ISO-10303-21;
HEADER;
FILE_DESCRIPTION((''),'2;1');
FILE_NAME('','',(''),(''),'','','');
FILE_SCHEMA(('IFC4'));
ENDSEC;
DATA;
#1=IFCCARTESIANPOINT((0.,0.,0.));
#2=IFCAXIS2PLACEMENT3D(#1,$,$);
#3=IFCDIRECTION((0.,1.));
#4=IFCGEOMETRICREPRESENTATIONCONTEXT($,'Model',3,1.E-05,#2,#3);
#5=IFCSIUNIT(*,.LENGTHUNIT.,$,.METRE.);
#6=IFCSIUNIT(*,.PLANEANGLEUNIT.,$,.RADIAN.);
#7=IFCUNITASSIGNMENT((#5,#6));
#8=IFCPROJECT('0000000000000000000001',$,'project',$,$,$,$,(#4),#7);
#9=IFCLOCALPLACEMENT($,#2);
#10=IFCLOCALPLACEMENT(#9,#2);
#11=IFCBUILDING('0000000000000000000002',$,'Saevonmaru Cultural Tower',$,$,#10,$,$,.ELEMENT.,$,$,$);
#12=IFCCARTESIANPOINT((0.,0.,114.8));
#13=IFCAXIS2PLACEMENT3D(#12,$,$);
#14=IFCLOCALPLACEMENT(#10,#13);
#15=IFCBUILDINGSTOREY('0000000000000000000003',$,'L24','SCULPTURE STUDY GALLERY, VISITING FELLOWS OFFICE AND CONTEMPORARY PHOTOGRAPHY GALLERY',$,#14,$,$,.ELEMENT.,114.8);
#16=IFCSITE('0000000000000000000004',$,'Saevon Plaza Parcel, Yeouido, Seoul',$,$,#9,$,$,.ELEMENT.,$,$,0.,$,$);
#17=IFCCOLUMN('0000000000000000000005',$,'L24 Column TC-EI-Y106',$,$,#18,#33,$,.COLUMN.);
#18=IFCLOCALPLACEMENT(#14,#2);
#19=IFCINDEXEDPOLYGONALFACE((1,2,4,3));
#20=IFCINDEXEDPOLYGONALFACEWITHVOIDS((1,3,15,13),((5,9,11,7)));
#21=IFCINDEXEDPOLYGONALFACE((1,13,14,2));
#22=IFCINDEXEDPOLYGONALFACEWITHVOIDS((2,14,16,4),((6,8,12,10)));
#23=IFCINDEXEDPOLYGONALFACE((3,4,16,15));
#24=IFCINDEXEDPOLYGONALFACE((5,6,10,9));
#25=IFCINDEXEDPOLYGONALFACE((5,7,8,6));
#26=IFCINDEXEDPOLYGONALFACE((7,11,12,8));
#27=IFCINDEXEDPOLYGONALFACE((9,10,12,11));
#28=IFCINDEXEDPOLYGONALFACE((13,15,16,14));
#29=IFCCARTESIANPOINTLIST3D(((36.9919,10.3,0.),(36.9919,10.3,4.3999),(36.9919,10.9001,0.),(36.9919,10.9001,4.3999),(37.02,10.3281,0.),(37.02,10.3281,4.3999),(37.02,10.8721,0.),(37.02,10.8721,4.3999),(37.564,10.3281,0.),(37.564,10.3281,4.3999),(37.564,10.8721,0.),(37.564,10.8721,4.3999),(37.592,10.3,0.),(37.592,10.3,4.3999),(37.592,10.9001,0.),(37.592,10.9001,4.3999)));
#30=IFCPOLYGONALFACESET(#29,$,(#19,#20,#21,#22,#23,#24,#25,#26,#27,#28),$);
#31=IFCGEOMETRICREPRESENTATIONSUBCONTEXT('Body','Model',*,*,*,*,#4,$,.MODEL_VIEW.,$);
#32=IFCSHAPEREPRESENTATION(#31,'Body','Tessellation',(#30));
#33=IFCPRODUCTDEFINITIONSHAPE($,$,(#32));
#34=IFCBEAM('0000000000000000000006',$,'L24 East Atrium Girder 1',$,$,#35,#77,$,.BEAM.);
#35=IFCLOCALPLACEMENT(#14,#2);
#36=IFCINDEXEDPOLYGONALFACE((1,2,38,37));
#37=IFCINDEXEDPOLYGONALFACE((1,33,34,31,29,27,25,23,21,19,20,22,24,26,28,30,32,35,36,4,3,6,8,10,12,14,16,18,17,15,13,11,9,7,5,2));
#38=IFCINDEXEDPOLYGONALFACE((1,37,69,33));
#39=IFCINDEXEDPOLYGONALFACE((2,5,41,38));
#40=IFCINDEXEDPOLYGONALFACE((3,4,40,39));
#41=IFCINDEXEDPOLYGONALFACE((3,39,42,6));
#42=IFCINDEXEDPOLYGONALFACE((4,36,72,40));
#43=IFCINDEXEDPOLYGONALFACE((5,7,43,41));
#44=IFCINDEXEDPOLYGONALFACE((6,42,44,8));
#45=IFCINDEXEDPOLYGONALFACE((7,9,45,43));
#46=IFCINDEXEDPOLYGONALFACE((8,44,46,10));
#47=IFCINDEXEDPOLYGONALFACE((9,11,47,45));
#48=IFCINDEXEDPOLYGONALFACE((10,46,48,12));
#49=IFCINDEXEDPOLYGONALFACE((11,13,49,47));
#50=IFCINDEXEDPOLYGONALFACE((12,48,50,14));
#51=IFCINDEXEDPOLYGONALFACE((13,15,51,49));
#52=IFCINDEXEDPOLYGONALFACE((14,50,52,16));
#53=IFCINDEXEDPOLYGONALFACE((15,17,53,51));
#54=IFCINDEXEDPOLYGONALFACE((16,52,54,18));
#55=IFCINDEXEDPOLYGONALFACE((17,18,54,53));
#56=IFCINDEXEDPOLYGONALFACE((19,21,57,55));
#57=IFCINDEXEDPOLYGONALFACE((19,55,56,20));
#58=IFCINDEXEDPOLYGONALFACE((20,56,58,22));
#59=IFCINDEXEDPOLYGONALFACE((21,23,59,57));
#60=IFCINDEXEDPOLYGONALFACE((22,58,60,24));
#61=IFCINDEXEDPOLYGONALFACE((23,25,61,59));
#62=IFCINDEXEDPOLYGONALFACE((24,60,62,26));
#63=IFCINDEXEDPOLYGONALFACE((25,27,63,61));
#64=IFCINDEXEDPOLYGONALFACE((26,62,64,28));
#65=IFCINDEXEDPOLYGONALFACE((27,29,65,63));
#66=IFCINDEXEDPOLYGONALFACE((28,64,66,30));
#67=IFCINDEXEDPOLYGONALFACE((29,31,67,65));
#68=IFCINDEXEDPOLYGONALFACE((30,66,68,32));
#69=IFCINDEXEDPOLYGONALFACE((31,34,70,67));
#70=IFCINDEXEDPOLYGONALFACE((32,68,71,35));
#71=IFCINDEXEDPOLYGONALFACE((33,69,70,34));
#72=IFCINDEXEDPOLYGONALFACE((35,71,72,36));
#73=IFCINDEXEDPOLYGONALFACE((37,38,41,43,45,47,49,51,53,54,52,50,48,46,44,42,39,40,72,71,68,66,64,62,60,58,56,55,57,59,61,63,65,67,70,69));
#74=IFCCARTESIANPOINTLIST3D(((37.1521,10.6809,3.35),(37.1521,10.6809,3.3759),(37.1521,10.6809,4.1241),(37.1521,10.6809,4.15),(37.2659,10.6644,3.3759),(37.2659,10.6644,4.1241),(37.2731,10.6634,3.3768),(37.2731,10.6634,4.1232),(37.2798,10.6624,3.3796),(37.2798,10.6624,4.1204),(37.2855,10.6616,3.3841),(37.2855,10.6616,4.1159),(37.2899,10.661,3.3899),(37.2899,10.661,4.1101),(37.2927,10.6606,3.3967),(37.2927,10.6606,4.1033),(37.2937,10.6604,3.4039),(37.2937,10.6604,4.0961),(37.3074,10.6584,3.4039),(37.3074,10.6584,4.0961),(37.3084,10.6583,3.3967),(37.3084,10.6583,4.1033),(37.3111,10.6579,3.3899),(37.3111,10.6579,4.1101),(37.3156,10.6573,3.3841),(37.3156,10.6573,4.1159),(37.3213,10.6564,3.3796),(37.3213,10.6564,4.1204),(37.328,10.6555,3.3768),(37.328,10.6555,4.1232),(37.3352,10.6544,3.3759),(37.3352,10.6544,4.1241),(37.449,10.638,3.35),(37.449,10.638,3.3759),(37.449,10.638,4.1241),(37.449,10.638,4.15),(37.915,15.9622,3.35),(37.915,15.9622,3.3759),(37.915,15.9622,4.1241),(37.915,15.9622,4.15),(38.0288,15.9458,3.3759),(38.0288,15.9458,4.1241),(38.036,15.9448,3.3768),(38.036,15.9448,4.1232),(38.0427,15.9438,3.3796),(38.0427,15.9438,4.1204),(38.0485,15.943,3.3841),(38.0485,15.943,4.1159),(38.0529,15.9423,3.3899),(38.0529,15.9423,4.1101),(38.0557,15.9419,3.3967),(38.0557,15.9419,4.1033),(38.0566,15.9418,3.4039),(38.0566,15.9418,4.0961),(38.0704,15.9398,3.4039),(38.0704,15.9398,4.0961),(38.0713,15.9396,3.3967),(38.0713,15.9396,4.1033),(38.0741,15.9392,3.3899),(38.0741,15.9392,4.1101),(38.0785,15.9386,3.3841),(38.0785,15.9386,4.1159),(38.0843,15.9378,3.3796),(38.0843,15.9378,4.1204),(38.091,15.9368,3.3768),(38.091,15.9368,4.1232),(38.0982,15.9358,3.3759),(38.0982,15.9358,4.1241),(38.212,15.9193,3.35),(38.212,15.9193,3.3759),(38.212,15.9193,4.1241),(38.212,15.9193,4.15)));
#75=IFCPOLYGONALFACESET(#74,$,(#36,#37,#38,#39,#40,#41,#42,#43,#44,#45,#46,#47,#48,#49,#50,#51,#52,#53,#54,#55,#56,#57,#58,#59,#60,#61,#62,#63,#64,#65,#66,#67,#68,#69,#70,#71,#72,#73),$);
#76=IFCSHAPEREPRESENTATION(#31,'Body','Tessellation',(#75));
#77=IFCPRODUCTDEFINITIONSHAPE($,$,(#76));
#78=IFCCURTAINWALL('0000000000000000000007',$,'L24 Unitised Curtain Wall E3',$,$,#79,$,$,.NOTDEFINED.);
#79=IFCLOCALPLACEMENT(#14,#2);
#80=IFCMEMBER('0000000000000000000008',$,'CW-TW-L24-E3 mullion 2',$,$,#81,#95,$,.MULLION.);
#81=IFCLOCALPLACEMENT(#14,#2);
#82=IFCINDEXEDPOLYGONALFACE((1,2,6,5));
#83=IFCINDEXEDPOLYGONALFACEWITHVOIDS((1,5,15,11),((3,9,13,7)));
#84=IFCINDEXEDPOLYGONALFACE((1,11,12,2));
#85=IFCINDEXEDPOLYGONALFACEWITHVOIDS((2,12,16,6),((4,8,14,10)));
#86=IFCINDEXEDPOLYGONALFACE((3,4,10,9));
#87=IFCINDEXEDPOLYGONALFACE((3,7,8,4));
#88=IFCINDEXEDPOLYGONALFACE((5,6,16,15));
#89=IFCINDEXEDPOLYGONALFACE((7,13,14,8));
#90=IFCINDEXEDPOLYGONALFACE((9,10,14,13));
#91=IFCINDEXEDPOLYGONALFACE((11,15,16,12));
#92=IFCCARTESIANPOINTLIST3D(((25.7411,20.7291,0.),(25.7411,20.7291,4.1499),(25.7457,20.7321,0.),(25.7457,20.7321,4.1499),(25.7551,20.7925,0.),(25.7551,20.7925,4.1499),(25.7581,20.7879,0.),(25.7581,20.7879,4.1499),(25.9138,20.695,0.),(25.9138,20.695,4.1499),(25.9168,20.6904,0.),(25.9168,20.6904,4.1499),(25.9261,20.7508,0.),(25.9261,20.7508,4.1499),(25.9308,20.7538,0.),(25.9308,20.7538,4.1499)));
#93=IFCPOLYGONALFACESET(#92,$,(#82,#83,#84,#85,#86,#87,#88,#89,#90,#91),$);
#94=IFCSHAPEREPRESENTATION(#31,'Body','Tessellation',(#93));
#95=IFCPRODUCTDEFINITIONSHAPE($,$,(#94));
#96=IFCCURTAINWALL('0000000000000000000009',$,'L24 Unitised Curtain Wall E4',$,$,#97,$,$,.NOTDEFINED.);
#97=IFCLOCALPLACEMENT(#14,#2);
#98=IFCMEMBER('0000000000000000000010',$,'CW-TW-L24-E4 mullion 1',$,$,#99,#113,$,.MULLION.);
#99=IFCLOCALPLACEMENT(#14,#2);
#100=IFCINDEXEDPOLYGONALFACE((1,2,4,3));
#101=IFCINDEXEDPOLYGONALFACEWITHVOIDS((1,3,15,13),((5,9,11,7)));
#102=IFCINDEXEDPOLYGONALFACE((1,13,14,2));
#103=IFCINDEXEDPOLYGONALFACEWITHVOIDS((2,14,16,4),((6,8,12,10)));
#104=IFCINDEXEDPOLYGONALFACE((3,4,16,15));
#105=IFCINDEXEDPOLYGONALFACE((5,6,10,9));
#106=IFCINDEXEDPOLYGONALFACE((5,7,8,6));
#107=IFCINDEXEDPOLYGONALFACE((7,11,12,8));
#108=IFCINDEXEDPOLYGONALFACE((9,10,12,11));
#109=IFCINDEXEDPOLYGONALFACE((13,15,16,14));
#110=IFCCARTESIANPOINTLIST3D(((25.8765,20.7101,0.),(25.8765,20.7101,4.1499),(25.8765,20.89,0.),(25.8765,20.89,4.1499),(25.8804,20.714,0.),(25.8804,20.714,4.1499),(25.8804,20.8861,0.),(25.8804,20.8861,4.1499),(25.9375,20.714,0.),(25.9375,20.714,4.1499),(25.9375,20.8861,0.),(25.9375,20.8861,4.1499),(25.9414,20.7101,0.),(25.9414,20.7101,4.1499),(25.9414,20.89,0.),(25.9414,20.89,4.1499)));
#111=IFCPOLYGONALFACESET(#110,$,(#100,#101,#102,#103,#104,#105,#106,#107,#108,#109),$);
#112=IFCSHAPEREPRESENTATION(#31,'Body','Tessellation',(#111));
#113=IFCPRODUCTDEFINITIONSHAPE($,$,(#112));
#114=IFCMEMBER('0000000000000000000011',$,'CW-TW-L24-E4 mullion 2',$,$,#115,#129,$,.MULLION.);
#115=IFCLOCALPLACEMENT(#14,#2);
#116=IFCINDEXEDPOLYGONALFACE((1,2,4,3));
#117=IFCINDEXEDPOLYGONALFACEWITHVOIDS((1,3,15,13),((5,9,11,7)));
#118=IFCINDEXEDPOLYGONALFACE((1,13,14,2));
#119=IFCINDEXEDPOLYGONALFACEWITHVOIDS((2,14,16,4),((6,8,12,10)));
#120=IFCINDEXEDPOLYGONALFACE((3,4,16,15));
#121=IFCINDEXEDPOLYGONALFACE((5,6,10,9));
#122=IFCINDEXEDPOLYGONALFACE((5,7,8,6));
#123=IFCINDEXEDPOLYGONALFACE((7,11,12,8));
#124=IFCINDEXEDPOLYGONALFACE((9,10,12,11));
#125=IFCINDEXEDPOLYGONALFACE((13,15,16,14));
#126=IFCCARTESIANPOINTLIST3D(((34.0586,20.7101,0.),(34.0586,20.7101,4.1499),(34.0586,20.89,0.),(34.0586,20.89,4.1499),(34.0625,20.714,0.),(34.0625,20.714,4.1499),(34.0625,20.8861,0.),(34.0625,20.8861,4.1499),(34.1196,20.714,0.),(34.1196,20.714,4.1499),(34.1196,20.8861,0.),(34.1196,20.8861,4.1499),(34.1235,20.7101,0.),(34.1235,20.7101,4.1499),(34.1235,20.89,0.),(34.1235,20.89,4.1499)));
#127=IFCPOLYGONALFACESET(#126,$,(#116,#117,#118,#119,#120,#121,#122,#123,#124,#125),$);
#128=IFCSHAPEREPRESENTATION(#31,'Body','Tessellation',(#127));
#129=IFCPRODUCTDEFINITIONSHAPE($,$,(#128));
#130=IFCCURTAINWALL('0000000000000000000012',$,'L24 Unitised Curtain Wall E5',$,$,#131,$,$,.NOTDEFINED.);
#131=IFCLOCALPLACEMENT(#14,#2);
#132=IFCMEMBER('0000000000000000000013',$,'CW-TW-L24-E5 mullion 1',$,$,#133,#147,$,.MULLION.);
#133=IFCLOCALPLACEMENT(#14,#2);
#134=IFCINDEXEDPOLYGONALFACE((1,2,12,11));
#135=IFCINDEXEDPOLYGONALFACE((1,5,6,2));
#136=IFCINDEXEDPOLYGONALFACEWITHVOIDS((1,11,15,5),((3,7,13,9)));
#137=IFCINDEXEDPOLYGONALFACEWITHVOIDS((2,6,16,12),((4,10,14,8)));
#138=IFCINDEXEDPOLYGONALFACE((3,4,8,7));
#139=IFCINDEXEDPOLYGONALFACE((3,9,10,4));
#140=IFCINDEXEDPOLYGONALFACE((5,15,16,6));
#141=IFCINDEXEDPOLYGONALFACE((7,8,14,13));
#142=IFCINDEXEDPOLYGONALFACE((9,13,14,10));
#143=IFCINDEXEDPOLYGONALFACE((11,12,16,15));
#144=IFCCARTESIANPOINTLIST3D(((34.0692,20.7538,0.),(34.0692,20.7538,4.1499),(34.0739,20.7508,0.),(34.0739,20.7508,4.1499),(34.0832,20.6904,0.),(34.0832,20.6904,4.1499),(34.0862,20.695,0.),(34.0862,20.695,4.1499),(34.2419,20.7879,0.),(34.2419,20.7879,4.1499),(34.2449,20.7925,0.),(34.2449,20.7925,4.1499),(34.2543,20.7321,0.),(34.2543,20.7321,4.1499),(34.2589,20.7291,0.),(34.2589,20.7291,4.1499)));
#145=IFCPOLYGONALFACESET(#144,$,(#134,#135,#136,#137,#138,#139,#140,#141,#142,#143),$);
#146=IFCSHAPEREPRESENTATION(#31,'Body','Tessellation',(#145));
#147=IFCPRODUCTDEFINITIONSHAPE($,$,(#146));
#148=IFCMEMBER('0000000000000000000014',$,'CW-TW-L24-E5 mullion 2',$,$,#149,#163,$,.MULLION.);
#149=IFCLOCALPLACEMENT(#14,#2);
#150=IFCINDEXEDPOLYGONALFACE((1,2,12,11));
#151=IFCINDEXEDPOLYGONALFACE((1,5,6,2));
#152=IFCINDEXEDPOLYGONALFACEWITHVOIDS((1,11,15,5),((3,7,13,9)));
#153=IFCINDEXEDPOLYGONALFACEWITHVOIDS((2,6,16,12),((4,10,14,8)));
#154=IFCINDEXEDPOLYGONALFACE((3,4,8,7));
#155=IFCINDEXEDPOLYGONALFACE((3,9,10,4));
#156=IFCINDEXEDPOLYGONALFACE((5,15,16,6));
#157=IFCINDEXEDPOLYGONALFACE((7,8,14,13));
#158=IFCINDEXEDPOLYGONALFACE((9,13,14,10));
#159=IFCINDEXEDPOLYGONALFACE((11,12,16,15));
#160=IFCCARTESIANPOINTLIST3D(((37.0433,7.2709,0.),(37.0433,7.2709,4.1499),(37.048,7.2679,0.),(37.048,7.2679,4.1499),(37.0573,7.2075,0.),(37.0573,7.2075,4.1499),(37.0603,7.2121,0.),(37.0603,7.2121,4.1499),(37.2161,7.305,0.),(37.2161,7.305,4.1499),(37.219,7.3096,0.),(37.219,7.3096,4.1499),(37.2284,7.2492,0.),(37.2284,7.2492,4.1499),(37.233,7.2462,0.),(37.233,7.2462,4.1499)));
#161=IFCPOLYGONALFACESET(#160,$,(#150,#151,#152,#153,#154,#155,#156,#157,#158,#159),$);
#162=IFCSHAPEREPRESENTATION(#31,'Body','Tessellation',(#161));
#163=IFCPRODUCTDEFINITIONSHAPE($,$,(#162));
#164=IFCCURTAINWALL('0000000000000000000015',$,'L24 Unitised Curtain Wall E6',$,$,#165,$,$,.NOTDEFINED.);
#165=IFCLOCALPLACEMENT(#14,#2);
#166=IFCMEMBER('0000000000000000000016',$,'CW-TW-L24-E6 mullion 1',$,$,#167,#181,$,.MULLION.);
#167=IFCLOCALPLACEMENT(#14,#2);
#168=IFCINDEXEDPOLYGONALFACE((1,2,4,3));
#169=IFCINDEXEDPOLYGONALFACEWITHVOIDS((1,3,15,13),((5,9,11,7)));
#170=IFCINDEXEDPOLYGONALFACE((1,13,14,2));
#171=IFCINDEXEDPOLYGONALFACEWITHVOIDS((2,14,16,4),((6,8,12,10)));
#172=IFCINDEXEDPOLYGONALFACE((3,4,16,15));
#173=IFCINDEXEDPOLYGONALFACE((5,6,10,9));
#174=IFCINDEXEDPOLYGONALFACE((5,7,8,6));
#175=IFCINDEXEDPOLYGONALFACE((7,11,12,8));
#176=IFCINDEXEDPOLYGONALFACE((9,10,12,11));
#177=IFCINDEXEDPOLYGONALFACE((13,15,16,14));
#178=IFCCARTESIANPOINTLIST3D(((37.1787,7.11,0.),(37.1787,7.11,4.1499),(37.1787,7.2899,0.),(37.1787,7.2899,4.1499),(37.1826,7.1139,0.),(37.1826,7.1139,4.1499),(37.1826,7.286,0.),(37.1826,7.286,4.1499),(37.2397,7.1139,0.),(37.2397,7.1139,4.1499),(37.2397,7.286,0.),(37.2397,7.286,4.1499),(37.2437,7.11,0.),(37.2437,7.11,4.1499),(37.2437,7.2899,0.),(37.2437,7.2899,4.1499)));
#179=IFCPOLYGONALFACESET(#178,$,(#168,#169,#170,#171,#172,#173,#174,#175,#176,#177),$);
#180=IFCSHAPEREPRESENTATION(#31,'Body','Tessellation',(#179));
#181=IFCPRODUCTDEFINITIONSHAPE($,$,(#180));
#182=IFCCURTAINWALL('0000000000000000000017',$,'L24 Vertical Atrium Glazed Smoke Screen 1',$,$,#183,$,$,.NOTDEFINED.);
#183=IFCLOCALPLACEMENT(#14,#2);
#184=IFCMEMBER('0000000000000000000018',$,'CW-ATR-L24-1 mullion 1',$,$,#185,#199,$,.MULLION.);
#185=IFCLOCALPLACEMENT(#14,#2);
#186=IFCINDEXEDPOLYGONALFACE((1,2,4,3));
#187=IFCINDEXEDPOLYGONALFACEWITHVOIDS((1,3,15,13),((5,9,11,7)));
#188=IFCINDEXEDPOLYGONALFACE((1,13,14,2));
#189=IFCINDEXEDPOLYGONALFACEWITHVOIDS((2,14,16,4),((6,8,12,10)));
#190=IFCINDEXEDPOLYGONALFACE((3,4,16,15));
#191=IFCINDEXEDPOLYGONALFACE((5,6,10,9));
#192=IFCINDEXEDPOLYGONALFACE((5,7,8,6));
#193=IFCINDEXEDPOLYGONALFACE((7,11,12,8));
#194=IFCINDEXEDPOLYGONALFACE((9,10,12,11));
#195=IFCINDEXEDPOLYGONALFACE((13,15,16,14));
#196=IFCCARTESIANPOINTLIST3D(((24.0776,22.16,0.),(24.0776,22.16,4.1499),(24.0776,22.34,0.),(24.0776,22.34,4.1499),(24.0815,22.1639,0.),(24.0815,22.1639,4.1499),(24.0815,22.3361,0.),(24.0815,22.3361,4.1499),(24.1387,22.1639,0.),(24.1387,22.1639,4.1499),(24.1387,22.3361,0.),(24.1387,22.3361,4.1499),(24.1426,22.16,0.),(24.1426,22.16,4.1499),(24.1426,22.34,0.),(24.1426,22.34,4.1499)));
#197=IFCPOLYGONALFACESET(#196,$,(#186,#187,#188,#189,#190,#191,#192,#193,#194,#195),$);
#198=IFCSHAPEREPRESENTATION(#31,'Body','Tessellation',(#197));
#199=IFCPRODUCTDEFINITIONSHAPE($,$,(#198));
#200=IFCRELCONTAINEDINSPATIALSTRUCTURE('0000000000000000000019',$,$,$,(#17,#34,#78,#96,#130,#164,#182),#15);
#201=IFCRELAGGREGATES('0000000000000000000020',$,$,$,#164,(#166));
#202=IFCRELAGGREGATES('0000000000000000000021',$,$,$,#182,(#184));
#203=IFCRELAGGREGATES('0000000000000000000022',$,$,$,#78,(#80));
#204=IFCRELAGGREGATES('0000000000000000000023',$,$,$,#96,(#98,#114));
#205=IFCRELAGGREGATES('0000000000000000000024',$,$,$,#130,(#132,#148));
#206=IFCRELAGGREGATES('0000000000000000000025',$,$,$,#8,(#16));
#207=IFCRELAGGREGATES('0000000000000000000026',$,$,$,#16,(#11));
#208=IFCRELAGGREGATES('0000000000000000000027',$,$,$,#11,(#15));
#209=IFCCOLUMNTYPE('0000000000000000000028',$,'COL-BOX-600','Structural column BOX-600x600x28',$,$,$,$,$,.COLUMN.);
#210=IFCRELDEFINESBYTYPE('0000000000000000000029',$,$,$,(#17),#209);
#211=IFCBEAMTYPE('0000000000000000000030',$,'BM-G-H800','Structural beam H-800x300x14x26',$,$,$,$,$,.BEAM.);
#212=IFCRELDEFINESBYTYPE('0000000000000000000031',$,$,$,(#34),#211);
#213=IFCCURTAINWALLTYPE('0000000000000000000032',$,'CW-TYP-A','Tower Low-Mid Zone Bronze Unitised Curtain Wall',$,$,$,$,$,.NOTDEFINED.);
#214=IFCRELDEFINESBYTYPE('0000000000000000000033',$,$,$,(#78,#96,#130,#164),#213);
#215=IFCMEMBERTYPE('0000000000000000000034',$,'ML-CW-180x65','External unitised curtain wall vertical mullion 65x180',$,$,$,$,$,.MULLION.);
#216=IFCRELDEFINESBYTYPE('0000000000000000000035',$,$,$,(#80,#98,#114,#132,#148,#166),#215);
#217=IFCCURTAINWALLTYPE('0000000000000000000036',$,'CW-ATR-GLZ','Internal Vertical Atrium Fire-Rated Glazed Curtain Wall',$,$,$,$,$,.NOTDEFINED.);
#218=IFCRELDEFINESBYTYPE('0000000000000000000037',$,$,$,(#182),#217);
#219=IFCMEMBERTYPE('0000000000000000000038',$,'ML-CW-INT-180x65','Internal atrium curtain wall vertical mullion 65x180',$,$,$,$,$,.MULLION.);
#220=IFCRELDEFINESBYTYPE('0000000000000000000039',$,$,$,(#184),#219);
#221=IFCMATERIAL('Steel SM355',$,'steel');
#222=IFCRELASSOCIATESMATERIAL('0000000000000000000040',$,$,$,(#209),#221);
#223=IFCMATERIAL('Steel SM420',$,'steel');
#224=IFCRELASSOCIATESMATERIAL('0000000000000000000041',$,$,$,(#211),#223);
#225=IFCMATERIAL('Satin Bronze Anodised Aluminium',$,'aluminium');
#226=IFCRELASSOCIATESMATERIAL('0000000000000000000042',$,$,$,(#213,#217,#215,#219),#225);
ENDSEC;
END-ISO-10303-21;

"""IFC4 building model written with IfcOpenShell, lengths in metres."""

from ifc_helpers import new_model, si_unit, direction, frame, origin, origin_2d, place, context, subcontext, project, spatial, hollow_rectangle, i_section, extrude, material, material_profile, profile_set, type_object, element, aggregate, save


model = new_model("IFC4")

# Units and contexts
model_context = context("Model", 3, precision=1e-05, world=origin(), true_north=direction((0.0, 1.0)))
body_context = subcontext(model_context, "Body", "Model", "MODEL_VIEW")
ifc_project = project(units=[si_unit("LENGTHUNIT", "METRE"), si_unit("PLANEANGLEUNIT", "RADIAN")], contexts=[model_context])

# Site, building, storey
site_placement = place(None, origin())
site = spatial("IfcSite", under=ifc_project, at=site_placement, Name="Saevon Plaza Parcel, Yeouido, Seoul", CompositionType="ELEMENT", RefElevation=0.0)
building_placement = place(site_placement, origin())
building = spatial("IfcBuilding", under=site, at=building_placement, Name="Saevonmaru Cultural Tower", CompositionType="ELEMENT")
storey_placement = place(building_placement, frame((0.0, 0.0, 114.8)))
storey = spatial("IfcBuildingStorey", under=building, at=storey_placement, Name="L24", Description="SCULPTURE STUDY GALLERY, VISITING FELLOWS OFFICE AND CONTEMPORARY PHOTOGRAPHY GALLERY", CompositionType="ELEMENT", Elevation=114.8)

# Column
ifc_material_1 = material(Name="Steel SM355", Category="steel")
ifc_material_profile_1 = material_profile(ifc_material_1, hollow_rectangle(XDim=0.6001, YDim=0.6001, WallThickness=0.0281, at=origin_2d()), Name="BOX-600x600x28")
ifc_profile_set_1 = profile_set([ifc_material_profile_1], Name="Steel SM355")
column_type = type_object("IfcColumnType", Name="COL-BOX-600", Description="Structural column BOX-600x600x28", PredefinedType="COLUMN", material=ifc_profile_set_1)
column_placement = place(storey_placement, frame((37.292, 10.6001, 0.0), z_axis=(0.0, 0.0, 1.0), x_axis=(1.0, 0.0, 0.0)))
element("IfcColumn", 1, at=column_placement, inside=storey, type_object=column_type, Name="L24 Column TC-EI-Y106", PredefinedType="COLUMN", context=body_context, shape_type="SweptSolid", body=[
    extrude(hollow_rectangle(XDim=0.6001, YDim=0.6001, WallThickness=0.0281, at=origin_2d()), origin(), (0.0, 0.0, 1.0), 4.3999),
])

# Beam
ifc_material_2 = material(Name="Steel SM420", Category="steel")
ifc_material_profile_2 = material_profile(ifc_material_2, i_section(OverallWidth=0.3, OverallDepth=0.8, WebThickness=0.0139, FlangeThickness=0.0259, FilletRadius=0.0281, at=origin_2d()), Name="H-800x300x14x26")
ifc_profile_set_2 = profile_set([ifc_material_profile_2], Name="Steel SM420")
beam_type = type_object("IfcBeamType", Name="BM-G-H800", Description="Structural beam H-800x300x14x26", PredefinedType="BEAM", material=ifc_profile_set_2)
beam_placement = place(storey_placement, frame((37.3005, 10.6594, 3.75), z_axis=(0.142978, 0.989726, 0.0), x_axis=(-0.989726, 0.142978, 0.0)))
element("IfcBeam", 2, at=beam_placement, inside=storey, type_object=beam_type, Name="L24 East Atrium Girder 1", PredefinedType="BEAM", context=body_context, shape_type="SweptSolid", body=[
    extrude(i_section(OverallWidth=0.3, OverallDepth=0.8, WebThickness=0.0139, FlangeThickness=0.0259, FilletRadius=0.0281, at=origin_2d()), origin(), (0.0, 0.0, 1.0), 5.3362),
])

# Curtain wall, member
ifc_material_3 = material(Name="Satin Bronze Anodised Aluminium", Category="aluminium")
curtain_wall_type_1 = type_object("IfcCurtainWallType", Name="CW-TYP-A", Description="Tower Low-Mid Zone Bronze Unitised Curtain Wall", PredefinedType="NOTDEFINED", material=ifc_material_3)
curtain_wall_1_placement = place(storey_placement, origin())
curtain_wall_1 = element("IfcCurtainWall", 3, at=curtain_wall_1_placement, inside=storey, type_object=curtain_wall_type_1, Name="L24 Unitised Curtain Wall E3", PredefinedType="NOTDEFINED")
ifc_material_profile_3 = material_profile(ifc_material_3, hollow_rectangle(XDim=0.0649, YDim=0.1799, WallThickness=0.0039, at=origin_2d()), Name="ALU-MULL-180x65x4")
ifc_profile_set_3 = profile_set([ifc_material_profile_3], Name="Satin Bronze Anodised Aluminium")
member_type_1 = type_object("IfcMemberType", Name="ML-CW-180x65", Description="External unitised curtain wall vertical mullion 65x180", PredefinedType="MULLION", material=ifc_profile_set_3)
member_1_placement = place(storey_placement, frame((25.8359, 20.7415, 0.0), z_axis=(0.0, 0.0, 1.0), x_axis=(0.215413, 0.976523, 0.0)))
member_1 = element("IfcMember", 4, at=member_1_placement, type_object=member_type_1, Name="CW-TW-L24-E3 mullion 2", PredefinedType="MULLION", context=body_context, shape_type="SweptSolid", body=[
    extrude(hollow_rectangle(XDim=0.0649, YDim=0.1799, WallThickness=0.0039, at=origin_2d()), origin(), (0.0, 0.0, 1.0), 4.1499),
])

# Curtain walls, members
curtain_wall_2_placement = place(storey_placement, origin())
curtain_wall_2 = element("IfcCurtainWall", 5, at=curtain_wall_2_placement, inside=storey, type_object=curtain_wall_type_1, Name="L24 Unitised Curtain Wall E4", PredefinedType="NOTDEFINED")
member_2_placement = place(storey_placement, frame((25.9089, 20.8, 0.0), z_axis=(0.0, 0.0, 1.0), x_axis=(1.0, 0.0, 0.0)))
member_2 = element("IfcMember", 6, at=member_2_placement, type_object=member_type_1, Name="CW-TW-L24-E4 mullion 1", PredefinedType="MULLION", context=body_context, shape_type="SweptSolid", body=[
    extrude(hollow_rectangle(XDim=0.0649, YDim=0.1799, WallThickness=0.0039, at=origin_2d()), origin(), (0.0, 0.0, 1.0), 4.1499),
])
member_3_placement = place(storey_placement, frame((34.0911, 20.8, 0.0), z_axis=(0.0, 0.0, 1.0), x_axis=(1.0, 0.0, 0.0)))
member_3 = element("IfcMember", 7, at=member_3_placement, type_object=member_type_1, Name="CW-TW-L24-E4 mullion 2", PredefinedType="MULLION", context=body_context, shape_type="SweptSolid", body=[
    extrude(hollow_rectangle(XDim=0.0649, YDim=0.1799, WallThickness=0.0039, at=origin_2d()), origin(), (0.0, 0.0, 1.0), 4.1499),
])
curtain_wall_3_placement = place(storey_placement, origin())
curtain_wall_3 = element("IfcCurtainWall", 8, at=curtain_wall_3_placement, inside=storey, type_object=curtain_wall_type_1, Name="L24 Unitised Curtain Wall E5", PredefinedType="NOTDEFINED")
member_4_placement = place(storey_placement, frame((34.1641, 20.7415, 0.0), z_axis=(0.0, 0.0, 1.0), x_axis=(0.215413, -0.976523, 0.0)))
member_4 = element("IfcMember", 9, at=member_4_placement, type_object=member_type_1, Name="CW-TW-L24-E5 mullion 1", PredefinedType="MULLION", context=body_context, shape_type="SweptSolid", body=[
    extrude(hollow_rectangle(XDim=0.0649, YDim=0.1799, WallThickness=0.0039, at=origin_2d()), origin(), (0.0, 0.0, 1.0), 4.1499),
])
member_5_placement = place(storey_placement, frame((37.1382, 7.2585, 0.0), z_axis=(0.0, 0.0, 1.0), x_axis=(0.215413, -0.976523, 0.0)))
member_5 = element("IfcMember", 10, at=member_5_placement, type_object=member_type_1, Name="CW-TW-L24-E5 mullion 2", PredefinedType="MULLION", context=body_context, shape_type="SweptSolid", body=[
    extrude(hollow_rectangle(XDim=0.0649, YDim=0.1799, WallThickness=0.0039, at=origin_2d()), origin(), (0.0, 0.0, 1.0), 4.1499),
])

# Curtain walls, members
curtain_wall_4_placement = place(storey_placement, origin())
curtain_wall_4 = element("IfcCurtainWall", 11, at=curtain_wall_4_placement, inside=storey, type_object=curtain_wall_type_1, Name="L24 Unitised Curtain Wall E6", PredefinedType="NOTDEFINED")
member_6_placement = place(storey_placement, frame((37.2112, 7.2, 0.0), z_axis=(0.0, 0.0, 1.0), x_axis=(1.0, 0.0, 0.0)))
member_6 = element("IfcMember", 12, at=member_6_placement, type_object=member_type_1, Name="CW-TW-L24-E6 mullion 1", PredefinedType="MULLION", context=body_context, shape_type="SweptSolid", body=[
    extrude(hollow_rectangle(XDim=0.0649, YDim=0.1799, WallThickness=0.0039, at=origin_2d()), origin(), (0.0, 0.0, 1.0), 4.1499),
])
curtain_wall_type_2 = type_object("IfcCurtainWallType", Name="CW-ATR-GLZ", Description="Internal Vertical Atrium Fire-Rated Glazed Curtain Wall", PredefinedType="NOTDEFINED", material=ifc_material_3)
curtain_wall_5_placement = place(storey_placement, origin())
curtain_wall_5 = element("IfcCurtainWall", 13, at=curtain_wall_5_placement, inside=storey, type_object=curtain_wall_type_2, Name="L24 Vertical Atrium Glazed Smoke Screen 1", PredefinedType="NOTDEFINED")
ifc_material_profile_4 = material_profile(ifc_material_3, hollow_rectangle(XDim=0.0649, YDim=0.1799, WallThickness=0.0039, at=origin_2d()), Name="ALU-MULL-180x65x4")
ifc_profile_set_4 = profile_set([ifc_material_profile_4], Name="Satin Bronze Anodised Aluminium")
member_type_2 = type_object("IfcMemberType", Name="ML-CW-INT-180x65", Description="Internal atrium curtain wall vertical mullion 65x180", PredefinedType="MULLION", material=ifc_profile_set_4)
member_7_placement = place(storey_placement, frame((24.1101, 22.25, 0.0), z_axis=(0.0, 0.0, 1.0), x_axis=(1.0, 0.0, 0.0)))
member_7 = element("IfcMember", 14, at=member_7_placement, type_object=member_type_2, Name="CW-ATR-L24-1 mullion 1", PredefinedType="MULLION", context=body_context, shape_type="SweptSolid", body=[
    extrude(hollow_rectangle(XDim=0.0649, YDim=0.1799, WallThickness=0.0039, at=origin_2d()), origin(), (0.0, 0.0, 1.0), 4.1499),
])

aggregate(curtain_wall_4, [member_6])

aggregate(curtain_wall_5, [member_7])
aggregate(curtain_wall_1, [member_1])
aggregate(curtain_wall_2, [member_2, member_3])
aggregate(curtain_wall_3, [member_4, member_5])

save(model, "model.ifc")
